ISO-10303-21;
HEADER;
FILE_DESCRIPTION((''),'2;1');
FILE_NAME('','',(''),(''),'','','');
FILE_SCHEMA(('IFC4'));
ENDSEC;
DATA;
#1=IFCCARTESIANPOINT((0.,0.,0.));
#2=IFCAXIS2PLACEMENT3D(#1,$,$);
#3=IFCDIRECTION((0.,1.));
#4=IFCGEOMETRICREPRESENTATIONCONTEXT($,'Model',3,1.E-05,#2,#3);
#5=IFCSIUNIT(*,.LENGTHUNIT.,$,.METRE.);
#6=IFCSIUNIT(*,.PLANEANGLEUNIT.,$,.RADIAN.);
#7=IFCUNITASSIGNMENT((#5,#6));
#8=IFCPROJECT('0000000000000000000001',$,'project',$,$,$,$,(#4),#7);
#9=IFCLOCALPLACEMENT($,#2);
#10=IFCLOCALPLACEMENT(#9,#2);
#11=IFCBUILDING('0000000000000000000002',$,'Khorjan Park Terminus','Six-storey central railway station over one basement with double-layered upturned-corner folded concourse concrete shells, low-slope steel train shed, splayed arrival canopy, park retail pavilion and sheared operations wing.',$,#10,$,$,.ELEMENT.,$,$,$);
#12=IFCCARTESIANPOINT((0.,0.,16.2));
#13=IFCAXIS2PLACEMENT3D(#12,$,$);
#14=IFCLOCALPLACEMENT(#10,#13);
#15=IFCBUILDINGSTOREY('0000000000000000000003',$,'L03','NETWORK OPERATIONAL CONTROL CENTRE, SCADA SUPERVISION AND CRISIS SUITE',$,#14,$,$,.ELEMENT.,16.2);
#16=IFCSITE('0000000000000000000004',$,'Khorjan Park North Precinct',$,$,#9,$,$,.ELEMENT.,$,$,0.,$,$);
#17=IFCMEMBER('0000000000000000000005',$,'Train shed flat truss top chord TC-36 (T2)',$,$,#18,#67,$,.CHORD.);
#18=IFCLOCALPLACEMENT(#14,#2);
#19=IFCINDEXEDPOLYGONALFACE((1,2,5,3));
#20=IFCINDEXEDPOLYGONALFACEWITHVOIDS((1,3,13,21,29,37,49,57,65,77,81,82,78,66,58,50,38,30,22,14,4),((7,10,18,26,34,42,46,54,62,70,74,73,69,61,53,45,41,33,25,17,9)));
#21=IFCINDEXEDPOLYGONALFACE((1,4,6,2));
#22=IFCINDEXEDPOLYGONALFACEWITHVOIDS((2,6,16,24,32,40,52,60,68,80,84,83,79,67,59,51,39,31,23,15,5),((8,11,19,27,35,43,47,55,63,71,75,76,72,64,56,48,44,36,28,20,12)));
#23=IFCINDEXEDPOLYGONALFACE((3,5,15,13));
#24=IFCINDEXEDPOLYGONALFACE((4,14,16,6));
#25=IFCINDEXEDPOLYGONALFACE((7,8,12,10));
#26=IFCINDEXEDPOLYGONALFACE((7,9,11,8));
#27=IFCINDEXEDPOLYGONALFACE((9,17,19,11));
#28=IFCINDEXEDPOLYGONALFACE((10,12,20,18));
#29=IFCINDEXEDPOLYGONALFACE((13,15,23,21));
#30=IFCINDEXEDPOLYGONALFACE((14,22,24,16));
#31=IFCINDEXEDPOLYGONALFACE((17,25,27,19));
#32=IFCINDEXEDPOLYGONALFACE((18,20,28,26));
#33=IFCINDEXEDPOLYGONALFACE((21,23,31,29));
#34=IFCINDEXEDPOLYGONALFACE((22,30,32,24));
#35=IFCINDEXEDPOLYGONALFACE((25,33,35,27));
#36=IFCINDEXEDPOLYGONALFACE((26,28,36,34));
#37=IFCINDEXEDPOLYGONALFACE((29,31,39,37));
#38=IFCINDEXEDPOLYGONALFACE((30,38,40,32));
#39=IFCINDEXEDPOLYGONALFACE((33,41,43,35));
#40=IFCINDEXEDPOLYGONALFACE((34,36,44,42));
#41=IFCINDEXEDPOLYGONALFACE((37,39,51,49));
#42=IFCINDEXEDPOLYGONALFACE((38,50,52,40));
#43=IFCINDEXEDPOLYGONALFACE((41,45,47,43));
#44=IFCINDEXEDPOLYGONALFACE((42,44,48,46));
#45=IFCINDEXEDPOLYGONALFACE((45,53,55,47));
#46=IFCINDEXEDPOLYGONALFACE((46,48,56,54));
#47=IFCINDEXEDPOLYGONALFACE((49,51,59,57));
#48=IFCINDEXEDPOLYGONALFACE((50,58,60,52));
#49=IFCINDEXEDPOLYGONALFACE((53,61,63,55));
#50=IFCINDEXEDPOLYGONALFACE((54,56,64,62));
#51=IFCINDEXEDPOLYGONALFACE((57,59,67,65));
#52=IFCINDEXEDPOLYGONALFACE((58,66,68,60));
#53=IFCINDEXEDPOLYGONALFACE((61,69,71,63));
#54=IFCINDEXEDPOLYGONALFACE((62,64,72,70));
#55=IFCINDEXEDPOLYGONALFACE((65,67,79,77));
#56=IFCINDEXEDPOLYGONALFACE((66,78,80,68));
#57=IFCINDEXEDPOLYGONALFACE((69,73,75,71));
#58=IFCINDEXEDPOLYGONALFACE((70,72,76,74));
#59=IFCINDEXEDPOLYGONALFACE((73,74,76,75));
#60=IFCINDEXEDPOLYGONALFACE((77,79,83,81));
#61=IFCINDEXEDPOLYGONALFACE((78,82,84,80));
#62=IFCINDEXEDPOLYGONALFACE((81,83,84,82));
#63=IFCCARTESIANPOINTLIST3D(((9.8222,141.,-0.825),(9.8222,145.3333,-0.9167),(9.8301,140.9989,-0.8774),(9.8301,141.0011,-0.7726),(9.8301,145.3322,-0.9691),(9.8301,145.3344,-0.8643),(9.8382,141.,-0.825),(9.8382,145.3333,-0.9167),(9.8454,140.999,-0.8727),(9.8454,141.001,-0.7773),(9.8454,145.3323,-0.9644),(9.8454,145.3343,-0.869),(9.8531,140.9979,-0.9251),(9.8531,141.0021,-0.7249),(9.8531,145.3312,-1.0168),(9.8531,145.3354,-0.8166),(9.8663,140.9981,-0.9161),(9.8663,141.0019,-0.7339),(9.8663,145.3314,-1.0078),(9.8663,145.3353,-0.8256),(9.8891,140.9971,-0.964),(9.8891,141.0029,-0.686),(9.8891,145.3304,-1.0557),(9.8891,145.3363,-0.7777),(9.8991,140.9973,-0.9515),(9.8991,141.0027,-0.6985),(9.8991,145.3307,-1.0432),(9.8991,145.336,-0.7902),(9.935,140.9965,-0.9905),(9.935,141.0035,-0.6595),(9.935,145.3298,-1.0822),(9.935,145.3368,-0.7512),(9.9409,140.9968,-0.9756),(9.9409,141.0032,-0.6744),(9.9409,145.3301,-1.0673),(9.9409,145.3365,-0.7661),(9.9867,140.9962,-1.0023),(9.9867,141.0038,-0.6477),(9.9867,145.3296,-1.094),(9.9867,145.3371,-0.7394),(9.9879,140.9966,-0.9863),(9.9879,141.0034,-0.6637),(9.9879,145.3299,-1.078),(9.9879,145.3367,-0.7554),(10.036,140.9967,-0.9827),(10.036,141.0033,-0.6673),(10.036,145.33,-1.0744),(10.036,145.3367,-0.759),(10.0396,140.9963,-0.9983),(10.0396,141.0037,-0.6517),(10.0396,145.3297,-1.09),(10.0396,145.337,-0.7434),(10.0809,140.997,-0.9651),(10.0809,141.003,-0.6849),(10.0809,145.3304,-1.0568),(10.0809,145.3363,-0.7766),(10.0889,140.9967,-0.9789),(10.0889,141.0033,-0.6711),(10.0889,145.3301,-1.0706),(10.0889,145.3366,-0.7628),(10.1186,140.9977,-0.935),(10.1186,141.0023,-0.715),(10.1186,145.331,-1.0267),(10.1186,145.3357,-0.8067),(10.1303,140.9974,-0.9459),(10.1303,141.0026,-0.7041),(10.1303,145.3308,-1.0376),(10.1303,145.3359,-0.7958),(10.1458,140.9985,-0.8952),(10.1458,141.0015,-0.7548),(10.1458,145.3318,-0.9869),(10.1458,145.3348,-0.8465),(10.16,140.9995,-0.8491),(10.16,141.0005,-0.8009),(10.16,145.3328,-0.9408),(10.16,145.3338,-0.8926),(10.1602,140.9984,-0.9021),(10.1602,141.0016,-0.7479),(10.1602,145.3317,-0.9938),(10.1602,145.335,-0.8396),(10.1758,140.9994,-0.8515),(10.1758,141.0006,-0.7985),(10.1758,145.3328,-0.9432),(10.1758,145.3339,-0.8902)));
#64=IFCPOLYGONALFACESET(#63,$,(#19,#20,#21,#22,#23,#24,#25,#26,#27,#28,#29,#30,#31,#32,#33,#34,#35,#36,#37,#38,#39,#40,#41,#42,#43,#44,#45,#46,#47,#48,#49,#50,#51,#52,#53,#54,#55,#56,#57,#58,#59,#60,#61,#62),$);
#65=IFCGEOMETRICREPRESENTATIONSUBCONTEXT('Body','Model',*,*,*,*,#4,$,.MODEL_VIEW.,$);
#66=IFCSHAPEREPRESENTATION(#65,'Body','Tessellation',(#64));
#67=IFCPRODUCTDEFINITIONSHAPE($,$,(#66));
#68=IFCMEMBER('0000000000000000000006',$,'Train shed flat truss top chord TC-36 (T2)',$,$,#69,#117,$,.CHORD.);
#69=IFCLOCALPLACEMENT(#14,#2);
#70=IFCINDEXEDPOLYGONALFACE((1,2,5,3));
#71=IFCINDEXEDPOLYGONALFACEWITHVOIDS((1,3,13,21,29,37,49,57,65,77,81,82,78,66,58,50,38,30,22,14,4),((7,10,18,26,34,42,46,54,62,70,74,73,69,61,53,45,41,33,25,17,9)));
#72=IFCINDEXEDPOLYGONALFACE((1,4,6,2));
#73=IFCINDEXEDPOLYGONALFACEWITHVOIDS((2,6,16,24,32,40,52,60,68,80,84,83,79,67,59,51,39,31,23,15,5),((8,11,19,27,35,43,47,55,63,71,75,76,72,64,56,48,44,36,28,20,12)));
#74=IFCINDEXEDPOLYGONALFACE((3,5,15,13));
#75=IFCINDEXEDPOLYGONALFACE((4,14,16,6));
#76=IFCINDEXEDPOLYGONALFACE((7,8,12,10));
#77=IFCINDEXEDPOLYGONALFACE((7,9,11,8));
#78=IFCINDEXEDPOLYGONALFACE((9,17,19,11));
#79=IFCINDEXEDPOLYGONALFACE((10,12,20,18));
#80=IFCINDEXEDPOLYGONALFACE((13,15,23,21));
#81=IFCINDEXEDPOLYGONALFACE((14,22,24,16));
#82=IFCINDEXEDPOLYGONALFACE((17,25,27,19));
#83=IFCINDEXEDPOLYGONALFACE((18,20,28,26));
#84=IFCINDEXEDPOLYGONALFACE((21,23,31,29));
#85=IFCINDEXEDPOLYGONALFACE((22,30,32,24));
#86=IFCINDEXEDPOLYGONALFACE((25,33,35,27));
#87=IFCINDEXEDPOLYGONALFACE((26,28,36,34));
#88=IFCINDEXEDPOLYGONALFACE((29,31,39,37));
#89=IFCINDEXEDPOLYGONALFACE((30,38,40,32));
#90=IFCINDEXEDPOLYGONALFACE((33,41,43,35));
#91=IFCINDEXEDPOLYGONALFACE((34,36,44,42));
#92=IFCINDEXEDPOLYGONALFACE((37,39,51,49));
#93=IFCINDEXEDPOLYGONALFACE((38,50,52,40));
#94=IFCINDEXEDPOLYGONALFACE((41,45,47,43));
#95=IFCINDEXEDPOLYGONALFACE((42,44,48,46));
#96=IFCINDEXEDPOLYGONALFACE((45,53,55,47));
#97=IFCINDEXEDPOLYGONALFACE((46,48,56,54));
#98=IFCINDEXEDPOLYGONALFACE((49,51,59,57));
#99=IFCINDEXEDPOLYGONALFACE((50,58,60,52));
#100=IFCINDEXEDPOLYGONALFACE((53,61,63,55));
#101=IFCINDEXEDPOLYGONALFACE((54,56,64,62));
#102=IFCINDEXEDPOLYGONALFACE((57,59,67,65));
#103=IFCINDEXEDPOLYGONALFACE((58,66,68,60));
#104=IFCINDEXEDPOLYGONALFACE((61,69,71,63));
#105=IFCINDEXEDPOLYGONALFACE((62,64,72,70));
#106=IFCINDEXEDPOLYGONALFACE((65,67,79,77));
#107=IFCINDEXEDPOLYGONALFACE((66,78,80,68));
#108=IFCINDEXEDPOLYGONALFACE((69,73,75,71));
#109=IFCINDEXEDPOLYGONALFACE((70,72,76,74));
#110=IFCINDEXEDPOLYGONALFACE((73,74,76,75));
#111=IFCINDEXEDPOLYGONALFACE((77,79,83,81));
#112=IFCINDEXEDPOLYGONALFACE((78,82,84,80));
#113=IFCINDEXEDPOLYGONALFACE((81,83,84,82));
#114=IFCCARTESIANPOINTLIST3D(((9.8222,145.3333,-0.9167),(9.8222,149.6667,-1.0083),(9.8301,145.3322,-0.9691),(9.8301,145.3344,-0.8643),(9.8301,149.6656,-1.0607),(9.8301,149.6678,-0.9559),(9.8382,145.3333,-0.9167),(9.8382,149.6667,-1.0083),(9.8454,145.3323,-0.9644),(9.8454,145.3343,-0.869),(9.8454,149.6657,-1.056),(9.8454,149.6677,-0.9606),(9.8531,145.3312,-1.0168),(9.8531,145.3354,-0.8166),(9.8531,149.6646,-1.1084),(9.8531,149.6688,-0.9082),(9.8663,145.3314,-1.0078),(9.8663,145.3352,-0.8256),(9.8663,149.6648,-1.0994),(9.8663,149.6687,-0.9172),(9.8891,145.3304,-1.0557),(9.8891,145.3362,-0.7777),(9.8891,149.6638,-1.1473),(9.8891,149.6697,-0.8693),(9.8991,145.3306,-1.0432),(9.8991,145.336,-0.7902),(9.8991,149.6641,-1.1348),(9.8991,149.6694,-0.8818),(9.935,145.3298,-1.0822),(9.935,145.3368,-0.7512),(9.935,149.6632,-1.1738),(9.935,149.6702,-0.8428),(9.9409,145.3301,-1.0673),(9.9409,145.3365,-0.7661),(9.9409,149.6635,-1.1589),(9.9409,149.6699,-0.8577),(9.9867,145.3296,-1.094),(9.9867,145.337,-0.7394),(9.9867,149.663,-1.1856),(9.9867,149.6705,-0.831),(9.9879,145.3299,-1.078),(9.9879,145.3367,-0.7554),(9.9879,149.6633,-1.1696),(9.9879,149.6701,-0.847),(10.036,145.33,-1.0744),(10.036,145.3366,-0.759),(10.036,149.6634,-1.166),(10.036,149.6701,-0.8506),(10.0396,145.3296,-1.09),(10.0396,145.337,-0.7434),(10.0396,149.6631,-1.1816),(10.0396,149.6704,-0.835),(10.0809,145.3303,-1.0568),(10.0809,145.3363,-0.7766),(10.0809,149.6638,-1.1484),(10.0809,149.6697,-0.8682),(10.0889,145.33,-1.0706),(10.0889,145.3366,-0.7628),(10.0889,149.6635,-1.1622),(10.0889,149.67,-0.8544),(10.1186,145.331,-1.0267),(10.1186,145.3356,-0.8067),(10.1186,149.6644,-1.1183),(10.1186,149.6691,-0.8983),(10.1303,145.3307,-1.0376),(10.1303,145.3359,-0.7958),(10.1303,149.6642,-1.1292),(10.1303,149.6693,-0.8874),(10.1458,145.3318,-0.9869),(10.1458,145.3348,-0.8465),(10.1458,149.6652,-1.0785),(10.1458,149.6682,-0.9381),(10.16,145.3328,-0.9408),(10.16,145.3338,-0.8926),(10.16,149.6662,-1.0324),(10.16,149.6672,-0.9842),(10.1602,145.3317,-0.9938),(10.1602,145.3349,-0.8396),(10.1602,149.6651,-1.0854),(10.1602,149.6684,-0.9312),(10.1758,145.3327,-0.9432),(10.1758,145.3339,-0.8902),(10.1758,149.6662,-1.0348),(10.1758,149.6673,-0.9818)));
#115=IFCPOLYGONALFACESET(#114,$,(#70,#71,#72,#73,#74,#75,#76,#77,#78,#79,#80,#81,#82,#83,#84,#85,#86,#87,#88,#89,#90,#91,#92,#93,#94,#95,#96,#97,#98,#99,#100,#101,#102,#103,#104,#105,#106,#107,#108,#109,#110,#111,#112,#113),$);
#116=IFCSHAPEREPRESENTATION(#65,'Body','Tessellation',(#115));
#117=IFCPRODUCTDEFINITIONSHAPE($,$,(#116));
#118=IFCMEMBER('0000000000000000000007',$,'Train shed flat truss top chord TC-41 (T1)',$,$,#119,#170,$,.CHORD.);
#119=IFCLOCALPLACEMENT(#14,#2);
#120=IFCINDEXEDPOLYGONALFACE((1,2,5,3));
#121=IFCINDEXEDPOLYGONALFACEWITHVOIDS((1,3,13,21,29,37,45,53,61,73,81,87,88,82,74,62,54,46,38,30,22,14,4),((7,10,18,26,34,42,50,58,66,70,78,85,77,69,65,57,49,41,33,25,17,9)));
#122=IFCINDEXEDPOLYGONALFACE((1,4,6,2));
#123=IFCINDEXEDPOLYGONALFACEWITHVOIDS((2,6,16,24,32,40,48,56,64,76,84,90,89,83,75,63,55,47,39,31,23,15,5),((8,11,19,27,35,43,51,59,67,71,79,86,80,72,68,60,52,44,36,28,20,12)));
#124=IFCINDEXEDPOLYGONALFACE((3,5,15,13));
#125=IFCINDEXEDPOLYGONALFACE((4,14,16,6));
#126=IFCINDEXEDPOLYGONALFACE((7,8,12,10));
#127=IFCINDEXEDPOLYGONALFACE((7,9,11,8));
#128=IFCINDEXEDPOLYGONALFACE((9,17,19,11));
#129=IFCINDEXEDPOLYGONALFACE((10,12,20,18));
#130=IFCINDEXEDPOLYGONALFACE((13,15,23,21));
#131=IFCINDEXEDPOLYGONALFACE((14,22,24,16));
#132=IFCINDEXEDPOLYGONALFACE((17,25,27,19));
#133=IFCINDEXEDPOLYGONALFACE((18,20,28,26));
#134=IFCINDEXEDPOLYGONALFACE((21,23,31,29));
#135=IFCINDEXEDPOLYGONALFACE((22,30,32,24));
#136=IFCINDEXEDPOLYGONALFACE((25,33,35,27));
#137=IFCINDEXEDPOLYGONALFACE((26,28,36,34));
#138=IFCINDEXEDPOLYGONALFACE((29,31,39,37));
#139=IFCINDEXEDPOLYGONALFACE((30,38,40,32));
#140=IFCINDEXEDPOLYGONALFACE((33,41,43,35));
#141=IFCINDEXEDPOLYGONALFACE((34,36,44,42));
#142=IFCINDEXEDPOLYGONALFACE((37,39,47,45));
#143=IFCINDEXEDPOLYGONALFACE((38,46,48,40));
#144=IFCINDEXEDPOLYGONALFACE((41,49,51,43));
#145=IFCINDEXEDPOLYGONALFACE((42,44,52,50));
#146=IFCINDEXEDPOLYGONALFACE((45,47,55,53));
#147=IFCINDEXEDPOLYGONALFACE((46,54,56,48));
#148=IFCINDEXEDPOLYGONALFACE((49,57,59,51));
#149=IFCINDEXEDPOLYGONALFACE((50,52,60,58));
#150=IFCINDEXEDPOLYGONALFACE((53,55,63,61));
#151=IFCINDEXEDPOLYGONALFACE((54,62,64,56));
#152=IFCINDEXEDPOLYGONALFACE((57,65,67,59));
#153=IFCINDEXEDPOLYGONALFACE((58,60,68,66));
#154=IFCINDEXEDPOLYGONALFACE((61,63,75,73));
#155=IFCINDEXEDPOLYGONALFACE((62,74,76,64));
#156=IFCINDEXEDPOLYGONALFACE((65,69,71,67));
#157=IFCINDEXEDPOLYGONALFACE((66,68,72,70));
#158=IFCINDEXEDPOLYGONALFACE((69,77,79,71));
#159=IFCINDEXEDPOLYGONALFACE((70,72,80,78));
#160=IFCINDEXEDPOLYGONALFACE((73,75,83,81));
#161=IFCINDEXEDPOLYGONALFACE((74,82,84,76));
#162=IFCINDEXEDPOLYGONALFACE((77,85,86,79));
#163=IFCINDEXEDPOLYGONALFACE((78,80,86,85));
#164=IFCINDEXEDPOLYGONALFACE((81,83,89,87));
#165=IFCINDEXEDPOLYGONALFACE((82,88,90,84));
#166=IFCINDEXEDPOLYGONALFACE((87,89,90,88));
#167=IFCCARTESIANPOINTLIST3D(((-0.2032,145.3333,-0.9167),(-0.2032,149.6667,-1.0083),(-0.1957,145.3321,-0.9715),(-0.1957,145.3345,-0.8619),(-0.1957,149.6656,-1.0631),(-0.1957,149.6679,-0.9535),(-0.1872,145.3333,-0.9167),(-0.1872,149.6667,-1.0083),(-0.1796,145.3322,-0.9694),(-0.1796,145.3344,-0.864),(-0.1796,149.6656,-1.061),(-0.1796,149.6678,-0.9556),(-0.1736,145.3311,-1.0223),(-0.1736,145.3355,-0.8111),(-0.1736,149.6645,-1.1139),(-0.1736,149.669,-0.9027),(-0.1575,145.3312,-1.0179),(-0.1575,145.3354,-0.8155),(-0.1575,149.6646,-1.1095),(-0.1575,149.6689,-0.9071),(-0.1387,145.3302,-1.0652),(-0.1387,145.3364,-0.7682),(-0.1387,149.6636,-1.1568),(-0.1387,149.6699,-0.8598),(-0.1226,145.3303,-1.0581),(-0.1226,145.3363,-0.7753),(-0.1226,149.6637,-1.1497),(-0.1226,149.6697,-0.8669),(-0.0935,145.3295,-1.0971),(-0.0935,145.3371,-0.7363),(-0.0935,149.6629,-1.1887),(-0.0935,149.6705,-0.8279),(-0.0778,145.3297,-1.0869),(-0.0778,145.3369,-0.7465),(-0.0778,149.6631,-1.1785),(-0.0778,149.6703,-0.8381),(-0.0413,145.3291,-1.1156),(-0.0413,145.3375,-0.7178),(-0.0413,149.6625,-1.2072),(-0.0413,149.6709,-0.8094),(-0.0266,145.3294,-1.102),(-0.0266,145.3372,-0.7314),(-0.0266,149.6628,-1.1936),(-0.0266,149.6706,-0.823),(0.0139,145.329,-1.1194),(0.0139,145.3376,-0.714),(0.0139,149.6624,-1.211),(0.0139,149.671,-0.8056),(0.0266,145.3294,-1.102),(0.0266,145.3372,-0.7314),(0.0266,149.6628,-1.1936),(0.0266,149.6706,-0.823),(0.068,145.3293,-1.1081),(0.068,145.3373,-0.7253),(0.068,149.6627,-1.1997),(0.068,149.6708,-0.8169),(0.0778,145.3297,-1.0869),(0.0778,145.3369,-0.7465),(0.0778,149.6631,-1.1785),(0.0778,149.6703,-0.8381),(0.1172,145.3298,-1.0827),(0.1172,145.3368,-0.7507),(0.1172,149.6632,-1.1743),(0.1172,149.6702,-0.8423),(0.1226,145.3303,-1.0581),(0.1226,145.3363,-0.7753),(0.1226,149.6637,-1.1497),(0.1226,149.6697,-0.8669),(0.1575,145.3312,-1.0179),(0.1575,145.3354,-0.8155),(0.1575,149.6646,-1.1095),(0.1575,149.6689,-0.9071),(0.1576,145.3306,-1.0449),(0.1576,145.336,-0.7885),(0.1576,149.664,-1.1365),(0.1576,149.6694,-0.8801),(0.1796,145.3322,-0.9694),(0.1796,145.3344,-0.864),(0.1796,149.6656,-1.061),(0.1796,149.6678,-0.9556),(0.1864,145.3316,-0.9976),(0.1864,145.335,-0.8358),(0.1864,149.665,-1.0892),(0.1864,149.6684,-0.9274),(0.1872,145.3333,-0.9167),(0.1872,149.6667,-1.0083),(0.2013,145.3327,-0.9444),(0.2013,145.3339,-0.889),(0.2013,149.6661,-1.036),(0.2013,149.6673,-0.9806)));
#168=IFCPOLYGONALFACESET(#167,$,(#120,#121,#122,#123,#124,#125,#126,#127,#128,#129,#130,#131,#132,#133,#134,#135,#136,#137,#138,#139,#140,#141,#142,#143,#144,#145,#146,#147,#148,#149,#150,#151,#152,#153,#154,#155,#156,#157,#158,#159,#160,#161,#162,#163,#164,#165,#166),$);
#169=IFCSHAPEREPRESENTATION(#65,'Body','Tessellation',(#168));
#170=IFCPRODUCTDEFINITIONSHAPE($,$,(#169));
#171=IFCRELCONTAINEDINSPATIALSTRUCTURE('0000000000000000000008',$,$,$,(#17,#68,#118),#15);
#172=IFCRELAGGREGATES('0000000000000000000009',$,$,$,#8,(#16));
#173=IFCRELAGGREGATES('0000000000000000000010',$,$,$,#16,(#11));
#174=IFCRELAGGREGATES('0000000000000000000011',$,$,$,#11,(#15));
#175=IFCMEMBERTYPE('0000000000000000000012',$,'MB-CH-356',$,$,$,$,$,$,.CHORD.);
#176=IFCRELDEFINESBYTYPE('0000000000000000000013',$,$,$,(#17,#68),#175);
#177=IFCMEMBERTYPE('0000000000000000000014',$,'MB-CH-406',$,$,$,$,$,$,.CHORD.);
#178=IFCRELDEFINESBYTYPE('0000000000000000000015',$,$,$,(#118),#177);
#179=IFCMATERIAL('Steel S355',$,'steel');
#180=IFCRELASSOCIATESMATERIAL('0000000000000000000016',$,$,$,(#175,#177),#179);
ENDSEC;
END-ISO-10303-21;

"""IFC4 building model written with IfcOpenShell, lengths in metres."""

from ifc_helpers import new_model, si_unit, direction, frame, origin, origin_2d, place, context, subcontext, project, spatial, hollow_circle, extrude, material, material_profile, profile_set, type_object, element, save


model = new_model("IFC4")

# Units and contexts
model_context = context("Model", 3, precision=1e-05, world=origin(), true_north=direction((0.0, 1.0)))
body_context = subcontext(model_context, "Body", "Model", "MODEL_VIEW")
ifc_project = project(units=[si_unit("LENGTHUNIT", "METRE"), si_unit("PLANEANGLEUNIT", "RADIAN")], contexts=[model_context])

# Site, building, storey
site_placement = place(None, origin())
site = spatial("IfcSite", under=ifc_project, at=site_placement, Name="Khorjan Park North Precinct", CompositionType="ELEMENT", RefElevation=0.0)
building_placement = place(site_placement, origin())
building = spatial("IfcBuilding", under=site, at=building_placement, Name="Khorjan Park Terminus", Description="Six-storey central railway station over one basement with double-layered upturned-corner folded concourse concrete shells, low-slope steel train shed, splayed arrival canopy, park retail pavilion and sheared operations wing.", CompositionType="ELEMENT")
storey_placement = place(building_placement, frame((0.0, 0.0, 16.2)))
storey = spatial("IfcBuildingStorey", under=building, at=storey_placement, Name="L03", Description="NETWORK OPERATIONAL CONTROL CENTRE, SCADA SUPERVISION AND CRISIS SUITE", CompositionType="ELEMENT", Elevation=16.2)

# Members
ifc_material = material(Name="Steel S355", Category="steel")
ifc_material_profile_1 = material_profile(ifc_material, hollow_circle(Radius=0.1778, WallThickness=0.016, at=origin_2d()), Name="CHS 355.6x16")
ifc_profile_set_1 = profile_set([ifc_material_profile_1], Name="Steel S355")
member_type_1 = type_object("IfcMemberType", Name="MB-CH-356", PredefinedType="CHORD", material=ifc_profile_set_1)
member_1_placement = place(storey_placement, frame((10.0, 141.0, -0.825), z_axis=(0.0, 0.999776, -0.021157), x_axis=(-1.0, 0.0, 0.0)))
element("IfcMember", 1, at=member_1_placement, inside=storey, type_object=member_type_1, Name="Train shed flat truss top chord TC-36 (T2)", PredefinedType="CHORD", context=body_context, shape_type="SweptSolid", body=[
    extrude(hollow_circle(Radius=0.1778, WallThickness=0.016, at=origin_2d()), origin(), (0.0, 0.0, 1.0), 4.3343),
])
member_2_placement = place(storey_placement, frame((10.0, 145.3333, -0.9167), z_axis=(0.0, 0.999777, -0.021133), x_axis=(-1.0, 0.0, 0.0)))
element("IfcMember", 2, at=member_2_placement, inside=storey, type_object=member_type_1, Name="Train shed flat truss top chord TC-36 (T2)", PredefinedType="CHORD", context=body_context, shape_type="SweptSolid", body=[
    extrude(hollow_circle(Radius=0.1778, WallThickness=0.016, at=origin_2d()), origin(), (0.0, 0.0, 1.0), 4.3344),
])
ifc_material_profile_2 = material_profile(ifc_material, hollow_circle(Radius=0.2032, WallThickness=0.016, at=origin_2d()), Name="CHS 406.4x16")
ifc_profile_set_2 = profile_set([ifc_material_profile_2], Name="Steel S355")
member_type_2 = type_object("IfcMemberType", Name="MB-CH-406", PredefinedType="CHORD", material=ifc_profile_set_2)
member_3_placement = place(storey_placement, frame((0.0, 145.3333, -0.9167), z_axis=(0.0, 0.999777, -0.021133), x_axis=(-1.0, 0.0, 0.0)))
element("IfcMember", 3, at=member_3_placement, inside=storey, type_object=member_type_2, Name="Train shed flat truss top chord TC-41 (T1)", PredefinedType="CHORD", context=body_context, shape_type="SweptSolid", body=[
    extrude(hollow_circle(Radius=0.2032, WallThickness=0.016, at=origin_2d()), origin(), (0.0, 0.0, 1.0), 4.3344),
])

save(model, "model.ifc")
